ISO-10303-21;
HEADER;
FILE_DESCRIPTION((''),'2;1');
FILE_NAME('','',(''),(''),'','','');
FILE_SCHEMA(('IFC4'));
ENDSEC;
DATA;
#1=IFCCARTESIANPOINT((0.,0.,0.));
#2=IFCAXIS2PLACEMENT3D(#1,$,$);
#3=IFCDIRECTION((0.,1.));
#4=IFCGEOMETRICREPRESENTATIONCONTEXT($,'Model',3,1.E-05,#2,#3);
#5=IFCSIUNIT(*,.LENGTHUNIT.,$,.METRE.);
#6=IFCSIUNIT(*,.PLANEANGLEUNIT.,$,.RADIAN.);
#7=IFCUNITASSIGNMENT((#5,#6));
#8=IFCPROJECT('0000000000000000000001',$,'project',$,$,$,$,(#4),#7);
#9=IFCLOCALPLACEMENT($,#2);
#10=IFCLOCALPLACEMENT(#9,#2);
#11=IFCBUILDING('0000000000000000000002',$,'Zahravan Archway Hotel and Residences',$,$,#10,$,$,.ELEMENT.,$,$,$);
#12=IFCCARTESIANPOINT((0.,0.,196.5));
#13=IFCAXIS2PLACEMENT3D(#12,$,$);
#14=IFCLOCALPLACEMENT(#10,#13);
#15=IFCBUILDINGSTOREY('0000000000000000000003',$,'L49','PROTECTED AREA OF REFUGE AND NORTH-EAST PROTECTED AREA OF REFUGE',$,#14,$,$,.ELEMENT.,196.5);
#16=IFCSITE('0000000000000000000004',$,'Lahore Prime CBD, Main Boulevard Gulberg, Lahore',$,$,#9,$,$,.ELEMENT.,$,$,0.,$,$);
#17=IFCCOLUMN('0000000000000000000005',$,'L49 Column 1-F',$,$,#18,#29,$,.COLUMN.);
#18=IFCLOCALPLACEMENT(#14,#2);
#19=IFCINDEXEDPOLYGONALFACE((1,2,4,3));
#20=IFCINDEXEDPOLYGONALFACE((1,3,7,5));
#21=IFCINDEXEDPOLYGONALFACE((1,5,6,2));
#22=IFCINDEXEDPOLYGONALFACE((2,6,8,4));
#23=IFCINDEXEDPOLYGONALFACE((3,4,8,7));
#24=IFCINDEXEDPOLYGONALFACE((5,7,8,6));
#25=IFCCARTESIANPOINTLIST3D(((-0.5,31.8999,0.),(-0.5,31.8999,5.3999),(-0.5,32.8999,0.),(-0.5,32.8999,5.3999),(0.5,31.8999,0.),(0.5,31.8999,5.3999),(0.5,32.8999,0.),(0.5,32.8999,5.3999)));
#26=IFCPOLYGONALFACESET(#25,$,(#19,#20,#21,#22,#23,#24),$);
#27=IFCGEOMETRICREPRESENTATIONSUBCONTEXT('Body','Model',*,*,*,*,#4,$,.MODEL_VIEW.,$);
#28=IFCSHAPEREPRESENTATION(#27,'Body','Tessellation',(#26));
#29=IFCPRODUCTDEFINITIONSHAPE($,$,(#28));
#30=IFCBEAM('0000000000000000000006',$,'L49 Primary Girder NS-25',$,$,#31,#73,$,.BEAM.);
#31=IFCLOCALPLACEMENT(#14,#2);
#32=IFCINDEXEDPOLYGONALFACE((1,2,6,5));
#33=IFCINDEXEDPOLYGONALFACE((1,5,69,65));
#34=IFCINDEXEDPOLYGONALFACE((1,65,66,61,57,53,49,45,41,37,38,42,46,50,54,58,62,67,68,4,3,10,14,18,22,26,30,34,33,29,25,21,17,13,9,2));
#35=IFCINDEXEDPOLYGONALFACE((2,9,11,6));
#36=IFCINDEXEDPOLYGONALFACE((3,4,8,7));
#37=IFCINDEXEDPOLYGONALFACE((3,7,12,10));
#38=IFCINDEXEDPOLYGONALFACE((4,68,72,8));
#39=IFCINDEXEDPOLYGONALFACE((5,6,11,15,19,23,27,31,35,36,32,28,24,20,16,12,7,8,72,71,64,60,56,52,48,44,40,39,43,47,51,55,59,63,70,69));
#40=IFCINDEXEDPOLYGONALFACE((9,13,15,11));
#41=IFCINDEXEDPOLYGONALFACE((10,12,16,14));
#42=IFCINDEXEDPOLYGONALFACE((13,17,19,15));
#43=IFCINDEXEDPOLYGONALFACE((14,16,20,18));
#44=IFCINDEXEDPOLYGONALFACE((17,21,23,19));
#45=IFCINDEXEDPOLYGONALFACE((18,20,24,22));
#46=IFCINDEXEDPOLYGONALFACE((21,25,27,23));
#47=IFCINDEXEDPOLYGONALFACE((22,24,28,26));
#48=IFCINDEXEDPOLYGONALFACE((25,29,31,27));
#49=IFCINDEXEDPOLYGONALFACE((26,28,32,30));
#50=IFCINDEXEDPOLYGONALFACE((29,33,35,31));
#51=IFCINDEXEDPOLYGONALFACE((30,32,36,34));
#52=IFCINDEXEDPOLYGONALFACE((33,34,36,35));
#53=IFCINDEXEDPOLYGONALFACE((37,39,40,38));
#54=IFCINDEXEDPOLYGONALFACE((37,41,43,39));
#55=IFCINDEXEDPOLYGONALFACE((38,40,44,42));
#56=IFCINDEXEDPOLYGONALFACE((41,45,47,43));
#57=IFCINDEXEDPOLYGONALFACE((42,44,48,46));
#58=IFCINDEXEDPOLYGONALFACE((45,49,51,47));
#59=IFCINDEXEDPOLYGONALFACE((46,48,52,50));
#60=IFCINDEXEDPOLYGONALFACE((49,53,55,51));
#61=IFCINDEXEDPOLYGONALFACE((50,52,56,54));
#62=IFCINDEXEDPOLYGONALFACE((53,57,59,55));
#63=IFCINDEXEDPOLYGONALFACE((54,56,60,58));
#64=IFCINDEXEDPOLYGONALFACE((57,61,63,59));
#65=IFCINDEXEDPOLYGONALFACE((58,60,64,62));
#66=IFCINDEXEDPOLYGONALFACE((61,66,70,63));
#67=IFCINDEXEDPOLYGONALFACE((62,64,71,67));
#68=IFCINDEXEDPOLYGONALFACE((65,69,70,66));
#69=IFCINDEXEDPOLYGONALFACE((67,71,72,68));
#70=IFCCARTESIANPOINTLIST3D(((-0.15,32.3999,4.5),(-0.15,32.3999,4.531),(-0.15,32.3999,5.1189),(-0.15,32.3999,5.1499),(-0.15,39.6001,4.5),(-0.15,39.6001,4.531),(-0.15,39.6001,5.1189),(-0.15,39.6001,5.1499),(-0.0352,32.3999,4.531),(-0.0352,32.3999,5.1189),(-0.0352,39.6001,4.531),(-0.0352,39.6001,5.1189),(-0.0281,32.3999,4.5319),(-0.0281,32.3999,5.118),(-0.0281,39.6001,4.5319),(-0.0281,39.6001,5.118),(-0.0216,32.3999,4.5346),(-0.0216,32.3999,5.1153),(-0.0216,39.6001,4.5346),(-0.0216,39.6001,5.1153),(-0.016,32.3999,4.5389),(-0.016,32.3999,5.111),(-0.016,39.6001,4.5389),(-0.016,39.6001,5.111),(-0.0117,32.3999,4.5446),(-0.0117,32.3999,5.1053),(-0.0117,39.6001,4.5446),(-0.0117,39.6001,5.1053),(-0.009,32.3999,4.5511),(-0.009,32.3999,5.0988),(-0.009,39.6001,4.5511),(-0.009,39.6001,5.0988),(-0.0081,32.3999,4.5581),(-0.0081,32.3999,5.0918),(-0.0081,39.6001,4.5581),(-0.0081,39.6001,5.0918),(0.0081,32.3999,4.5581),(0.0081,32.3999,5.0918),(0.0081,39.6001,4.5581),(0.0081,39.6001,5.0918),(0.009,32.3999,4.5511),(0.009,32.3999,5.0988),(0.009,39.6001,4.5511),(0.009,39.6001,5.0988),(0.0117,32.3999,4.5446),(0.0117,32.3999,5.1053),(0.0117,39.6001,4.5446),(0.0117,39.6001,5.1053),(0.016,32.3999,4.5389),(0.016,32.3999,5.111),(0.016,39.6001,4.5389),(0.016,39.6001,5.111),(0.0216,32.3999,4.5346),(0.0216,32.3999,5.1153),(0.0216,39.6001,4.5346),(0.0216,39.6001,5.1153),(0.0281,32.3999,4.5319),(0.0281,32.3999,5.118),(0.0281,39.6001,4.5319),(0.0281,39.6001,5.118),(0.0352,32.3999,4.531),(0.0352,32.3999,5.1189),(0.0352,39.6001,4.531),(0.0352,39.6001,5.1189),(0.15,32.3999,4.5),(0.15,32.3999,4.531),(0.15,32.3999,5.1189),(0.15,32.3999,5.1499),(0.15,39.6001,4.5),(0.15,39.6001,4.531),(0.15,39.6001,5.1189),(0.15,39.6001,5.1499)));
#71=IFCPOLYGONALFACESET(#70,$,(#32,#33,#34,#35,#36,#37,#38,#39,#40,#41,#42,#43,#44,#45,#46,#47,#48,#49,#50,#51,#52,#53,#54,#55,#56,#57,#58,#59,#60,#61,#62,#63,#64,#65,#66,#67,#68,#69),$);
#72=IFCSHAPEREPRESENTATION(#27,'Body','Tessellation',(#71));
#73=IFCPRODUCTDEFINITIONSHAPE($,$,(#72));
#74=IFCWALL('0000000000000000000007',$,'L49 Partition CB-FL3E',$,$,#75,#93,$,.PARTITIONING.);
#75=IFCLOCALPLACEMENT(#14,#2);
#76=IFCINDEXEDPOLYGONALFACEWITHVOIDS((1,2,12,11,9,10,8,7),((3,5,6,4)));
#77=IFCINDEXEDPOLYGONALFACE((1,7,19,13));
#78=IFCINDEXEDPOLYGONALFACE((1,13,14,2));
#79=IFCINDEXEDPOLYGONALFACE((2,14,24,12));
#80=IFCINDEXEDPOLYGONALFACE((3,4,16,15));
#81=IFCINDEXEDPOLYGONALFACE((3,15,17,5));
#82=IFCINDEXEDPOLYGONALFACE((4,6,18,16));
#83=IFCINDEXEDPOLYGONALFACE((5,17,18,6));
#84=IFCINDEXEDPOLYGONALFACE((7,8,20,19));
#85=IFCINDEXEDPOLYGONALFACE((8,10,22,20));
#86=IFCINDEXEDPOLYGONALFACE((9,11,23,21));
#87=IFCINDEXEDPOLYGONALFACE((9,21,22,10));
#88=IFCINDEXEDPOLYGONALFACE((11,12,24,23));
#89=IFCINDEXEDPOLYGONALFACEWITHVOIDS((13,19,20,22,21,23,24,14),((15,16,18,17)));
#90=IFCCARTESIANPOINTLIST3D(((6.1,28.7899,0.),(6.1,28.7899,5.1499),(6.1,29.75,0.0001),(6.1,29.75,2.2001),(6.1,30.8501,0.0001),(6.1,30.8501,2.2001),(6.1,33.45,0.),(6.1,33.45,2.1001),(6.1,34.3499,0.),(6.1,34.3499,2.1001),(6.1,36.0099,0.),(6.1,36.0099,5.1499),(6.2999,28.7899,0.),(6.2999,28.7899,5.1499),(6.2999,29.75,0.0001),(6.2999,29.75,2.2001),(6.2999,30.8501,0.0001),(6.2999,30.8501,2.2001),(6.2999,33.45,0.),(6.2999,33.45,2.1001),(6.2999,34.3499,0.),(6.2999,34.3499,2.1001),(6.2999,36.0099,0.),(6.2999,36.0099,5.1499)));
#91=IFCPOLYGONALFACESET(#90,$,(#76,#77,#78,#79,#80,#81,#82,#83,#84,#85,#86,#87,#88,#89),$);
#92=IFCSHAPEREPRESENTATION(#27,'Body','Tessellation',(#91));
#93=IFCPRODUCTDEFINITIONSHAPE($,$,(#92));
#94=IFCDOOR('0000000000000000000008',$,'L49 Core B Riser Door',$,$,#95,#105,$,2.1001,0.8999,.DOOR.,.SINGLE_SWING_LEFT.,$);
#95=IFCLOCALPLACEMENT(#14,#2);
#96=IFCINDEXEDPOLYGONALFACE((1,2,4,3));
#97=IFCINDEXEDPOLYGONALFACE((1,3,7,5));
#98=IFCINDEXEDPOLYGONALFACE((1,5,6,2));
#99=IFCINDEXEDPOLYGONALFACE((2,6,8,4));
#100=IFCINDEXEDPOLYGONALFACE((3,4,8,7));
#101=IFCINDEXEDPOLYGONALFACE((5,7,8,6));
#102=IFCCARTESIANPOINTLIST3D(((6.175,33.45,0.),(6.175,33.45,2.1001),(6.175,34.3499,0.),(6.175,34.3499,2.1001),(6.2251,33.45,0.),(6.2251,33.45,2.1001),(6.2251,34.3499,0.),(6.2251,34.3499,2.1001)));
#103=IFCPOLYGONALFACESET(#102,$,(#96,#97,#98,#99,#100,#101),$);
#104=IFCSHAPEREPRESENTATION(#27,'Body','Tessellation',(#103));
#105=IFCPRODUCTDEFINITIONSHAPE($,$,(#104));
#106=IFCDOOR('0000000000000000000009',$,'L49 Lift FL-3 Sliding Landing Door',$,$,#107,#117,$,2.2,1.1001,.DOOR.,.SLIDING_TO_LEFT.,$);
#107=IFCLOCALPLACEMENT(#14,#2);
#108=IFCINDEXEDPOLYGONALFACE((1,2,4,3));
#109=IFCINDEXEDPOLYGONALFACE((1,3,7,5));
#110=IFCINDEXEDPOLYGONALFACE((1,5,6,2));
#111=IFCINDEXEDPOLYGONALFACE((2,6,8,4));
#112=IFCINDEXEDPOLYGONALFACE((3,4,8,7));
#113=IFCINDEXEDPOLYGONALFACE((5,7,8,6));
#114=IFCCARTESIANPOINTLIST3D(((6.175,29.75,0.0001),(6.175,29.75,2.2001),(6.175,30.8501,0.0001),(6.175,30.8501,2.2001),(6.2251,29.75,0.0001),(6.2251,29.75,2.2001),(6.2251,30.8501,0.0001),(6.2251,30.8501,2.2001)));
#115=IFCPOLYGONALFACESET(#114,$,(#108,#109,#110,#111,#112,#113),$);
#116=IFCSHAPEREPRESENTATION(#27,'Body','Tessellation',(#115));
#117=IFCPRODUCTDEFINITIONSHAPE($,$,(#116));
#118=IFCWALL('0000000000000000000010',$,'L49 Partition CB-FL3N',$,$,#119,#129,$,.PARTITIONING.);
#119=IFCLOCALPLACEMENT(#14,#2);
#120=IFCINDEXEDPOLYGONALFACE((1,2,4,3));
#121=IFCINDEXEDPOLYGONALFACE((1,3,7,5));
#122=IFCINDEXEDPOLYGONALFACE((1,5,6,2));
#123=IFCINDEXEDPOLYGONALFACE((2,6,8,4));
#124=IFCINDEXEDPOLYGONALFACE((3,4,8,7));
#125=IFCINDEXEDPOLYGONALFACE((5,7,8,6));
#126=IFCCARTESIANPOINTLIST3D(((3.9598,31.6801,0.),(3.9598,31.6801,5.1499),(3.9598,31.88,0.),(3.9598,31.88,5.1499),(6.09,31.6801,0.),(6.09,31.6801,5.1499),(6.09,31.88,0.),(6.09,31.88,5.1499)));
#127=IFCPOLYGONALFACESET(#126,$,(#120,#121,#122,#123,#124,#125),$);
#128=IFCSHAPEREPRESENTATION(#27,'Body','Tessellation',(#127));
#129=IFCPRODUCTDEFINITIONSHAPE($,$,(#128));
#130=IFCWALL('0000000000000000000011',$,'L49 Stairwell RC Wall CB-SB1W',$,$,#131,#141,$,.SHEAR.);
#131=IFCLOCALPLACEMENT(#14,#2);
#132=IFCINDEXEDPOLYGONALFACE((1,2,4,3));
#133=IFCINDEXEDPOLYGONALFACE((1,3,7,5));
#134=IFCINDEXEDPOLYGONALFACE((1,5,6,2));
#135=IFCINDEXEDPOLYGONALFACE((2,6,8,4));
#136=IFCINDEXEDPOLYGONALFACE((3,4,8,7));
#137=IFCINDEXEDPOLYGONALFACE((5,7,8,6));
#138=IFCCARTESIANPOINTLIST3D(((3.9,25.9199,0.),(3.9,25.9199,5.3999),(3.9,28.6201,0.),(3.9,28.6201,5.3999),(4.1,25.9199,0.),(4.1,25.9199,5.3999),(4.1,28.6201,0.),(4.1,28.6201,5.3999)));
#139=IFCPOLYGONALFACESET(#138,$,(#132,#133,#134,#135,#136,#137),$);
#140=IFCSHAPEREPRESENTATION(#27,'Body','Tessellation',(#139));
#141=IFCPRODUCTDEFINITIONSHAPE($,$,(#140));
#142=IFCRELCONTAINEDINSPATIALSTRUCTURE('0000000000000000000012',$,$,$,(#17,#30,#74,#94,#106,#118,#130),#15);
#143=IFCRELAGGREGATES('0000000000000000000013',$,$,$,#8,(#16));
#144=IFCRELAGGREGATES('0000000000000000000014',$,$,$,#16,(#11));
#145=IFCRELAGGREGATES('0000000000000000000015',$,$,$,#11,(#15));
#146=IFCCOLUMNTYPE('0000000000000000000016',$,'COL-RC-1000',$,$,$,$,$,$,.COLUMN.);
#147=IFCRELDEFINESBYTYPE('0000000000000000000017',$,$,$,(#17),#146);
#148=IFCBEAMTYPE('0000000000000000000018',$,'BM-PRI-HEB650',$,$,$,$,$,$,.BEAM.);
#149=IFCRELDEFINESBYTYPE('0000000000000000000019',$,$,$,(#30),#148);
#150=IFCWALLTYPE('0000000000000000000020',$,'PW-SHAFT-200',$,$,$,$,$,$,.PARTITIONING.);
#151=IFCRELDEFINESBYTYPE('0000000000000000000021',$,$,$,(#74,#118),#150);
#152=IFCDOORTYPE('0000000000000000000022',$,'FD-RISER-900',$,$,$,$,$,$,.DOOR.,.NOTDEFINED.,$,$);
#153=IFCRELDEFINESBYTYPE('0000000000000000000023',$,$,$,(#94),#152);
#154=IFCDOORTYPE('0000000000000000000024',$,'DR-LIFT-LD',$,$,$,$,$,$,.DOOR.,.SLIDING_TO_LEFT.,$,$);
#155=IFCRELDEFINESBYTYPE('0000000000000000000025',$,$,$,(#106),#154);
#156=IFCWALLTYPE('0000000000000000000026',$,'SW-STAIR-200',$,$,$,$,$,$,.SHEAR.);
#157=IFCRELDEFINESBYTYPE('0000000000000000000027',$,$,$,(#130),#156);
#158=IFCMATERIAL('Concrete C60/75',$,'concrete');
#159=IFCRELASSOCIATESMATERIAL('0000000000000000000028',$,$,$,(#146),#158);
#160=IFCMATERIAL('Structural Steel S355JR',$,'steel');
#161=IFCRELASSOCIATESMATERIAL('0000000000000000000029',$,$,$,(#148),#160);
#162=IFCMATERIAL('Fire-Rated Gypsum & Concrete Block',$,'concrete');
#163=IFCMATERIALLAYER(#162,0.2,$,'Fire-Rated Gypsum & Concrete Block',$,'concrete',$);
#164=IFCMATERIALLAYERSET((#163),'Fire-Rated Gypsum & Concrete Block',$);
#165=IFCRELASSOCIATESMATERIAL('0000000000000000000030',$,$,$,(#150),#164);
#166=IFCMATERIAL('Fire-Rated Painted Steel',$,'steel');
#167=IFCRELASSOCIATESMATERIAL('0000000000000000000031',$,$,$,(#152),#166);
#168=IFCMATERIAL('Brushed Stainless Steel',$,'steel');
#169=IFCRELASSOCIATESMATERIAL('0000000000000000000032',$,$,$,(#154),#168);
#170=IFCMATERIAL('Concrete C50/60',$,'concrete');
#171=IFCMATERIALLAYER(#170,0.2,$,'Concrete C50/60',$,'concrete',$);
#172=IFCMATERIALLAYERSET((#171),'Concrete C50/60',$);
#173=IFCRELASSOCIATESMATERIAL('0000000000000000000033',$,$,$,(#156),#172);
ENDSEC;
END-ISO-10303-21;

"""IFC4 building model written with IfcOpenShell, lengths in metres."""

from ifc_helpers import new_model, si_unit, direction, frame, frame_2d, origin, origin_2d, place, context, subcontext, project, spatial, rectangle, i_section, extrude, source, transform, mapped, material, layer, layer_set, material_profile, profile_set, type_object, type_shapes, element, fill, save


model = new_model("IFC4")

# Units and contexts
model_context = context("Model", 3, precision=1e-05, world=origin(), true_north=direction((0.0, 1.0)))
body_context = subcontext(model_context, "Body", "Model", "MODEL_VIEW")
ifc_project = project(units=[si_unit("LENGTHUNIT", "METRE"), si_unit("PLANEANGLEUNIT", "RADIAN")], contexts=[model_context])

# Site, building, storey
site_placement = place(None, origin())
site = spatial("IfcSite", under=ifc_project, at=site_placement, Name="Lahore Prime CBD, Main Boulevard Gulberg, Lahore", CompositionType="ELEMENT", RefElevation=0.0)
building_placement = place(site_placement, origin())
building = spatial("IfcBuilding", under=site, at=building_placement, Name="Zahravan Archway Hotel and Residences", CompositionType="ELEMENT")
storey_placement = place(building_placement, frame((0.0, 0.0, 196.5)))
storey = spatial("IfcBuildingStorey", under=building, at=storey_placement, Name="L49", Description="PROTECTED AREA OF REFUGE AND NORTH-EAST PROTECTED AREA OF REFUGE", CompositionType="ELEMENT", Elevation=196.5)

# Column
ifc_material_1 = material(Name="Concrete C60/75", Category="concrete")
ifc_material_profile_1 = material_profile(ifc_material_1, rectangle(XDim=1.0, YDim=1.0, at=origin_2d()), Name="RC-COL-1000x1000", Category="concrete")
ifc_profile_set_1 = profile_set([ifc_material_profile_1], Name="Concrete C60/75")
column_type = type_object("IfcColumnType", Name="COL-RC-1000", PredefinedType="COLUMN", material=ifc_profile_set_1)
shared_shape_1 = source(origin(), body_context, "Body", "SweptSolid", [
    extrude(rectangle(XDim=1.0, YDim=1.0, at=origin_2d()), origin(), (0.0, 0.0, 1.0), 5.3999),
])
column_placement = place(storey_placement, frame((0.0, 32.3999, 0.0), z_axis=(0.0, 0.0, 1.0), x_axis=(1.0, 0.0, 0.0)))
element("IfcColumn", 1, at=column_placement, inside=storey, type_object=column_type, Name="L49 Column 1-F", PredefinedType="COLUMN", context=body_context, shape_type="MappedRepresentation", body=[
    mapped(shared_shape_1, transform((0.0, 0.0, 0.0), scale=1.0)),
])

# Beam
ifc_material_2 = material(Name="Structural Steel S355JR", Category="steel")
ifc_material_profile_2 = material_profile(ifc_material_2, i_section(OverallWidth=0.3, OverallDepth=0.6499, WebThickness=0.0161, FlangeThickness=0.031, FilletRadius=0.0271, at=origin_2d()), Name="HEB 650", Category="steel")
ifc_profile_set_2 = profile_set([ifc_material_profile_2], Name="Structural Steel S355JR")
beam_type = type_object("IfcBeamType", Name="BM-PRI-HEB650", PredefinedType="BEAM", material=ifc_profile_set_2)
shared_shape_2 = source(origin(), body_context, "Body", "SweptSolid", [
    extrude(i_section(OverallWidth=0.3, OverallDepth=0.6499, WebThickness=0.0161, FlangeThickness=0.031, FilletRadius=0.0271, at=origin_2d()), origin(), (0.0, 0.0, 1.0), 7.2002),
])
type_shapes(beam_type, [shared_shape_2])
beam_placement = place(storey_placement, frame((0.0, 32.3999, 4.825), z_axis=(0.0, 1.0, 0.0), x_axis=(-1.0, 0.0, 0.0)))
element("IfcBeam", 2, at=beam_placement, inside=storey, type_object=beam_type, Name="L49 Primary Girder NS-25", PredefinedType="BEAM", context=body_context, shape_type="MappedRepresentation", body=[
    mapped(shared_shape_2, transform((0.0, 0.0, 0.0), scale=1.0)),
])

# Wall, openings, doors
ifc_material_3 = material(Name="Fire-Rated Gypsum & Concrete Block", Category="concrete")
ifc_layer_1 = layer(ifc_material_3, 0.2, Name="Fire-Rated Gypsum & Concrete Block", Category="concrete")
ifc_layer_set_1 = layer_set([ifc_layer_1], Name="Fire-Rated Gypsum & Concrete Block")
wall_type_1 = type_object("IfcWallType", Name="PW-SHAFT-200", PredefinedType="PARTITIONING", material=ifc_layer_set_1)
wall_1_placement = place(storey_placement, frame((6.2, 28.79, 0.0), z_axis=(0.0, 0.0, 1.0), x_axis=(0.0, 1.0, 0.0)))
wall_1 = element("IfcWall", 3, at=wall_1_placement, inside=storey, type_object=wall_type_1, Name="L49 Partition CB-FL3E", PredefinedType="PARTITIONING", context=body_context, shape_type="SweptSolid", body=[
    extrude(rectangle(XDim=7.22, YDim=0.2, at=frame_2d((3.6099, 0.0))), origin(), (0.0, 0.0, 1.0), 5.1499),
])
opening_1_placement = place(wall_1_placement, frame((4.6599, 0.0, 0.0)))
opening_1 = element("IfcOpeningElement", 4, at=opening_1_placement, cuts=wall_1, PredefinedType="OPENING", context=body_context, shape_type="SweptSolid", body=[
    extrude(rectangle(XDim=0.8999, YDim=2.1001, at=frame_2d((0.45, 1.05))), frame((0.0, 0.1099, 0.0), z_axis=(0.0, -1.0, 0.0), x_axis=(1.0, 0.0, 0.0)), (0.0, 0.0, 1.0), 0.22),
])
opening_2_placement = place(wall_1_placement, frame((0.96, 0.0, 0.0)))
opening_2 = element("IfcOpeningElement", 5, at=opening_2_placement, cuts=wall_1, PredefinedType="OPENING", context=body_context, shape_type="SweptSolid", body=[
    extrude(rectangle(XDim=1.1001, YDim=2.2, at=frame_2d((0.55, 1.1001))), frame((0.0, 0.1099, 0.0), z_axis=(0.0, -1.0, 0.0), x_axis=(1.0, 0.0, 0.0)), (0.0, 0.0, 1.0), 0.22),
])
ifc_material_4 = material(Name="Fire-Rated Painted Steel", Category="steel")
door_type_1 = type_object("IfcDoorType", Name="FD-RISER-900", OperationType="NOTDEFINED", PredefinedType="DOOR", material=ifc_material_4)
shared_shape_3 = source(origin(), body_context, "Body", "SweptSolid", [
    extrude(rectangle(XDim=0.8999, YDim=2.1001, at=frame_2d((0.45, 1.05))), frame((0.0, 0.0249, 0.0), z_axis=(0.0, -1.0, 0.0), x_axis=(1.0, 0.0, 0.0)), (0.0, 0.0, 1.0), 0.05),
])
type_shapes(door_type_1, [shared_shape_3])
door_1_placement = place(opening_1_placement, origin())
door_1 = element("IfcDoor", 6, at=door_1_placement, inside=storey, type_object=door_type_1, Name="L49 Core B Riser Door", OperationType="SINGLE_SWING_LEFT", OverallHeight=2.1001, OverallWidth=0.8999, PredefinedType="DOOR", context=body_context, shape_type="MappedRepresentation", body=[
    mapped(shared_shape_3, transform((0.0, 0.0, 0.0), scale=1.0)),
])
fill(opening_1, door_1)
ifc_material_5 = material(Name="Brushed Stainless Steel", Category="steel")
door_type_2 = type_object("IfcDoorType", Name="DR-LIFT-LD", OperationType="SLIDING_TO_LEFT", PredefinedType="DOOR", material=ifc_material_5)
shared_shape_4 = source(origin(), body_context, "Body", "SweptSolid", [
    extrude(rectangle(XDim=1.1001, YDim=2.2, at=frame_2d((0.55, 1.1001))), frame((0.0, 0.0249, 0.0), z_axis=(0.0, -1.0, 0.0), x_axis=(1.0, 0.0, 0.0)), (0.0, 0.0, 1.0), 0.05),
])
type_shapes(door_type_2, [shared_shape_4])
door_2_placement = place(opening_2_placement, origin())
door_2 = element("IfcDoor", 7, at=door_2_placement, inside=storey, type_object=door_type_2, Name="L49 Lift FL-3 Sliding Landing Door", OperationType="SLIDING_TO_LEFT", OverallHeight=2.2, OverallWidth=1.1001, PredefinedType="DOOR", context=body_context, shape_type="MappedRepresentation", body=[
    mapped(shared_shape_4, transform((0.0, 0.0, 0.0), scale=1.0)),
])
fill(opening_2, door_2)

# Walls
wall_2_placement = place(storey_placement, frame((3.96, 31.78, 0.0), z_axis=(0.0, 0.0, 1.0), x_axis=(1.0, 0.0, 0.0)))
element("IfcWall", 8, at=wall_2_placement, inside=storey, type_object=wall_type_1, Name="L49 Partition CB-FL3N", PredefinedType="PARTITIONING", context=body_context, shape_type="SweptSolid", body=[
    extrude(rectangle(XDim=2.1301, YDim=0.2, at=frame_2d((1.0649, 0.0))), origin(), (0.0, 0.0, 1.0), 5.1499),
])
ifc_material_6 = material(Name="Concrete C50/60", Category="concrete")
ifc_layer_2 = layer(ifc_material_6, 0.2, Name="Concrete C50/60", Category="concrete")
ifc_layer_set_2 = layer_set([ifc_layer_2], Name="Concrete C50/60")
wall_type_2 = type_object("IfcWallType", Name="SW-STAIR-200", PredefinedType="SHEAR", material=ifc_layer_set_2)
wall_3_placement = place(storey_placement, frame((4.0, 25.9199, 0.0), z_axis=(0.0, 0.0, 1.0), x_axis=(0.0, 1.0, 0.0)))
element("IfcWall", 9, at=wall_3_placement, inside=storey, type_object=wall_type_2, Name="L49 Stairwell RC Wall CB-SB1W", PredefinedType="SHEAR", context=body_context, shape_type="SweptSolid", body=[
    extrude(rectangle(XDim=2.7002, YDim=0.2, at=frame_2d((1.3501, 0.0))), origin(), (0.0, 0.0, 1.0), 5.3999),
])

save(model, "model.ifc")
